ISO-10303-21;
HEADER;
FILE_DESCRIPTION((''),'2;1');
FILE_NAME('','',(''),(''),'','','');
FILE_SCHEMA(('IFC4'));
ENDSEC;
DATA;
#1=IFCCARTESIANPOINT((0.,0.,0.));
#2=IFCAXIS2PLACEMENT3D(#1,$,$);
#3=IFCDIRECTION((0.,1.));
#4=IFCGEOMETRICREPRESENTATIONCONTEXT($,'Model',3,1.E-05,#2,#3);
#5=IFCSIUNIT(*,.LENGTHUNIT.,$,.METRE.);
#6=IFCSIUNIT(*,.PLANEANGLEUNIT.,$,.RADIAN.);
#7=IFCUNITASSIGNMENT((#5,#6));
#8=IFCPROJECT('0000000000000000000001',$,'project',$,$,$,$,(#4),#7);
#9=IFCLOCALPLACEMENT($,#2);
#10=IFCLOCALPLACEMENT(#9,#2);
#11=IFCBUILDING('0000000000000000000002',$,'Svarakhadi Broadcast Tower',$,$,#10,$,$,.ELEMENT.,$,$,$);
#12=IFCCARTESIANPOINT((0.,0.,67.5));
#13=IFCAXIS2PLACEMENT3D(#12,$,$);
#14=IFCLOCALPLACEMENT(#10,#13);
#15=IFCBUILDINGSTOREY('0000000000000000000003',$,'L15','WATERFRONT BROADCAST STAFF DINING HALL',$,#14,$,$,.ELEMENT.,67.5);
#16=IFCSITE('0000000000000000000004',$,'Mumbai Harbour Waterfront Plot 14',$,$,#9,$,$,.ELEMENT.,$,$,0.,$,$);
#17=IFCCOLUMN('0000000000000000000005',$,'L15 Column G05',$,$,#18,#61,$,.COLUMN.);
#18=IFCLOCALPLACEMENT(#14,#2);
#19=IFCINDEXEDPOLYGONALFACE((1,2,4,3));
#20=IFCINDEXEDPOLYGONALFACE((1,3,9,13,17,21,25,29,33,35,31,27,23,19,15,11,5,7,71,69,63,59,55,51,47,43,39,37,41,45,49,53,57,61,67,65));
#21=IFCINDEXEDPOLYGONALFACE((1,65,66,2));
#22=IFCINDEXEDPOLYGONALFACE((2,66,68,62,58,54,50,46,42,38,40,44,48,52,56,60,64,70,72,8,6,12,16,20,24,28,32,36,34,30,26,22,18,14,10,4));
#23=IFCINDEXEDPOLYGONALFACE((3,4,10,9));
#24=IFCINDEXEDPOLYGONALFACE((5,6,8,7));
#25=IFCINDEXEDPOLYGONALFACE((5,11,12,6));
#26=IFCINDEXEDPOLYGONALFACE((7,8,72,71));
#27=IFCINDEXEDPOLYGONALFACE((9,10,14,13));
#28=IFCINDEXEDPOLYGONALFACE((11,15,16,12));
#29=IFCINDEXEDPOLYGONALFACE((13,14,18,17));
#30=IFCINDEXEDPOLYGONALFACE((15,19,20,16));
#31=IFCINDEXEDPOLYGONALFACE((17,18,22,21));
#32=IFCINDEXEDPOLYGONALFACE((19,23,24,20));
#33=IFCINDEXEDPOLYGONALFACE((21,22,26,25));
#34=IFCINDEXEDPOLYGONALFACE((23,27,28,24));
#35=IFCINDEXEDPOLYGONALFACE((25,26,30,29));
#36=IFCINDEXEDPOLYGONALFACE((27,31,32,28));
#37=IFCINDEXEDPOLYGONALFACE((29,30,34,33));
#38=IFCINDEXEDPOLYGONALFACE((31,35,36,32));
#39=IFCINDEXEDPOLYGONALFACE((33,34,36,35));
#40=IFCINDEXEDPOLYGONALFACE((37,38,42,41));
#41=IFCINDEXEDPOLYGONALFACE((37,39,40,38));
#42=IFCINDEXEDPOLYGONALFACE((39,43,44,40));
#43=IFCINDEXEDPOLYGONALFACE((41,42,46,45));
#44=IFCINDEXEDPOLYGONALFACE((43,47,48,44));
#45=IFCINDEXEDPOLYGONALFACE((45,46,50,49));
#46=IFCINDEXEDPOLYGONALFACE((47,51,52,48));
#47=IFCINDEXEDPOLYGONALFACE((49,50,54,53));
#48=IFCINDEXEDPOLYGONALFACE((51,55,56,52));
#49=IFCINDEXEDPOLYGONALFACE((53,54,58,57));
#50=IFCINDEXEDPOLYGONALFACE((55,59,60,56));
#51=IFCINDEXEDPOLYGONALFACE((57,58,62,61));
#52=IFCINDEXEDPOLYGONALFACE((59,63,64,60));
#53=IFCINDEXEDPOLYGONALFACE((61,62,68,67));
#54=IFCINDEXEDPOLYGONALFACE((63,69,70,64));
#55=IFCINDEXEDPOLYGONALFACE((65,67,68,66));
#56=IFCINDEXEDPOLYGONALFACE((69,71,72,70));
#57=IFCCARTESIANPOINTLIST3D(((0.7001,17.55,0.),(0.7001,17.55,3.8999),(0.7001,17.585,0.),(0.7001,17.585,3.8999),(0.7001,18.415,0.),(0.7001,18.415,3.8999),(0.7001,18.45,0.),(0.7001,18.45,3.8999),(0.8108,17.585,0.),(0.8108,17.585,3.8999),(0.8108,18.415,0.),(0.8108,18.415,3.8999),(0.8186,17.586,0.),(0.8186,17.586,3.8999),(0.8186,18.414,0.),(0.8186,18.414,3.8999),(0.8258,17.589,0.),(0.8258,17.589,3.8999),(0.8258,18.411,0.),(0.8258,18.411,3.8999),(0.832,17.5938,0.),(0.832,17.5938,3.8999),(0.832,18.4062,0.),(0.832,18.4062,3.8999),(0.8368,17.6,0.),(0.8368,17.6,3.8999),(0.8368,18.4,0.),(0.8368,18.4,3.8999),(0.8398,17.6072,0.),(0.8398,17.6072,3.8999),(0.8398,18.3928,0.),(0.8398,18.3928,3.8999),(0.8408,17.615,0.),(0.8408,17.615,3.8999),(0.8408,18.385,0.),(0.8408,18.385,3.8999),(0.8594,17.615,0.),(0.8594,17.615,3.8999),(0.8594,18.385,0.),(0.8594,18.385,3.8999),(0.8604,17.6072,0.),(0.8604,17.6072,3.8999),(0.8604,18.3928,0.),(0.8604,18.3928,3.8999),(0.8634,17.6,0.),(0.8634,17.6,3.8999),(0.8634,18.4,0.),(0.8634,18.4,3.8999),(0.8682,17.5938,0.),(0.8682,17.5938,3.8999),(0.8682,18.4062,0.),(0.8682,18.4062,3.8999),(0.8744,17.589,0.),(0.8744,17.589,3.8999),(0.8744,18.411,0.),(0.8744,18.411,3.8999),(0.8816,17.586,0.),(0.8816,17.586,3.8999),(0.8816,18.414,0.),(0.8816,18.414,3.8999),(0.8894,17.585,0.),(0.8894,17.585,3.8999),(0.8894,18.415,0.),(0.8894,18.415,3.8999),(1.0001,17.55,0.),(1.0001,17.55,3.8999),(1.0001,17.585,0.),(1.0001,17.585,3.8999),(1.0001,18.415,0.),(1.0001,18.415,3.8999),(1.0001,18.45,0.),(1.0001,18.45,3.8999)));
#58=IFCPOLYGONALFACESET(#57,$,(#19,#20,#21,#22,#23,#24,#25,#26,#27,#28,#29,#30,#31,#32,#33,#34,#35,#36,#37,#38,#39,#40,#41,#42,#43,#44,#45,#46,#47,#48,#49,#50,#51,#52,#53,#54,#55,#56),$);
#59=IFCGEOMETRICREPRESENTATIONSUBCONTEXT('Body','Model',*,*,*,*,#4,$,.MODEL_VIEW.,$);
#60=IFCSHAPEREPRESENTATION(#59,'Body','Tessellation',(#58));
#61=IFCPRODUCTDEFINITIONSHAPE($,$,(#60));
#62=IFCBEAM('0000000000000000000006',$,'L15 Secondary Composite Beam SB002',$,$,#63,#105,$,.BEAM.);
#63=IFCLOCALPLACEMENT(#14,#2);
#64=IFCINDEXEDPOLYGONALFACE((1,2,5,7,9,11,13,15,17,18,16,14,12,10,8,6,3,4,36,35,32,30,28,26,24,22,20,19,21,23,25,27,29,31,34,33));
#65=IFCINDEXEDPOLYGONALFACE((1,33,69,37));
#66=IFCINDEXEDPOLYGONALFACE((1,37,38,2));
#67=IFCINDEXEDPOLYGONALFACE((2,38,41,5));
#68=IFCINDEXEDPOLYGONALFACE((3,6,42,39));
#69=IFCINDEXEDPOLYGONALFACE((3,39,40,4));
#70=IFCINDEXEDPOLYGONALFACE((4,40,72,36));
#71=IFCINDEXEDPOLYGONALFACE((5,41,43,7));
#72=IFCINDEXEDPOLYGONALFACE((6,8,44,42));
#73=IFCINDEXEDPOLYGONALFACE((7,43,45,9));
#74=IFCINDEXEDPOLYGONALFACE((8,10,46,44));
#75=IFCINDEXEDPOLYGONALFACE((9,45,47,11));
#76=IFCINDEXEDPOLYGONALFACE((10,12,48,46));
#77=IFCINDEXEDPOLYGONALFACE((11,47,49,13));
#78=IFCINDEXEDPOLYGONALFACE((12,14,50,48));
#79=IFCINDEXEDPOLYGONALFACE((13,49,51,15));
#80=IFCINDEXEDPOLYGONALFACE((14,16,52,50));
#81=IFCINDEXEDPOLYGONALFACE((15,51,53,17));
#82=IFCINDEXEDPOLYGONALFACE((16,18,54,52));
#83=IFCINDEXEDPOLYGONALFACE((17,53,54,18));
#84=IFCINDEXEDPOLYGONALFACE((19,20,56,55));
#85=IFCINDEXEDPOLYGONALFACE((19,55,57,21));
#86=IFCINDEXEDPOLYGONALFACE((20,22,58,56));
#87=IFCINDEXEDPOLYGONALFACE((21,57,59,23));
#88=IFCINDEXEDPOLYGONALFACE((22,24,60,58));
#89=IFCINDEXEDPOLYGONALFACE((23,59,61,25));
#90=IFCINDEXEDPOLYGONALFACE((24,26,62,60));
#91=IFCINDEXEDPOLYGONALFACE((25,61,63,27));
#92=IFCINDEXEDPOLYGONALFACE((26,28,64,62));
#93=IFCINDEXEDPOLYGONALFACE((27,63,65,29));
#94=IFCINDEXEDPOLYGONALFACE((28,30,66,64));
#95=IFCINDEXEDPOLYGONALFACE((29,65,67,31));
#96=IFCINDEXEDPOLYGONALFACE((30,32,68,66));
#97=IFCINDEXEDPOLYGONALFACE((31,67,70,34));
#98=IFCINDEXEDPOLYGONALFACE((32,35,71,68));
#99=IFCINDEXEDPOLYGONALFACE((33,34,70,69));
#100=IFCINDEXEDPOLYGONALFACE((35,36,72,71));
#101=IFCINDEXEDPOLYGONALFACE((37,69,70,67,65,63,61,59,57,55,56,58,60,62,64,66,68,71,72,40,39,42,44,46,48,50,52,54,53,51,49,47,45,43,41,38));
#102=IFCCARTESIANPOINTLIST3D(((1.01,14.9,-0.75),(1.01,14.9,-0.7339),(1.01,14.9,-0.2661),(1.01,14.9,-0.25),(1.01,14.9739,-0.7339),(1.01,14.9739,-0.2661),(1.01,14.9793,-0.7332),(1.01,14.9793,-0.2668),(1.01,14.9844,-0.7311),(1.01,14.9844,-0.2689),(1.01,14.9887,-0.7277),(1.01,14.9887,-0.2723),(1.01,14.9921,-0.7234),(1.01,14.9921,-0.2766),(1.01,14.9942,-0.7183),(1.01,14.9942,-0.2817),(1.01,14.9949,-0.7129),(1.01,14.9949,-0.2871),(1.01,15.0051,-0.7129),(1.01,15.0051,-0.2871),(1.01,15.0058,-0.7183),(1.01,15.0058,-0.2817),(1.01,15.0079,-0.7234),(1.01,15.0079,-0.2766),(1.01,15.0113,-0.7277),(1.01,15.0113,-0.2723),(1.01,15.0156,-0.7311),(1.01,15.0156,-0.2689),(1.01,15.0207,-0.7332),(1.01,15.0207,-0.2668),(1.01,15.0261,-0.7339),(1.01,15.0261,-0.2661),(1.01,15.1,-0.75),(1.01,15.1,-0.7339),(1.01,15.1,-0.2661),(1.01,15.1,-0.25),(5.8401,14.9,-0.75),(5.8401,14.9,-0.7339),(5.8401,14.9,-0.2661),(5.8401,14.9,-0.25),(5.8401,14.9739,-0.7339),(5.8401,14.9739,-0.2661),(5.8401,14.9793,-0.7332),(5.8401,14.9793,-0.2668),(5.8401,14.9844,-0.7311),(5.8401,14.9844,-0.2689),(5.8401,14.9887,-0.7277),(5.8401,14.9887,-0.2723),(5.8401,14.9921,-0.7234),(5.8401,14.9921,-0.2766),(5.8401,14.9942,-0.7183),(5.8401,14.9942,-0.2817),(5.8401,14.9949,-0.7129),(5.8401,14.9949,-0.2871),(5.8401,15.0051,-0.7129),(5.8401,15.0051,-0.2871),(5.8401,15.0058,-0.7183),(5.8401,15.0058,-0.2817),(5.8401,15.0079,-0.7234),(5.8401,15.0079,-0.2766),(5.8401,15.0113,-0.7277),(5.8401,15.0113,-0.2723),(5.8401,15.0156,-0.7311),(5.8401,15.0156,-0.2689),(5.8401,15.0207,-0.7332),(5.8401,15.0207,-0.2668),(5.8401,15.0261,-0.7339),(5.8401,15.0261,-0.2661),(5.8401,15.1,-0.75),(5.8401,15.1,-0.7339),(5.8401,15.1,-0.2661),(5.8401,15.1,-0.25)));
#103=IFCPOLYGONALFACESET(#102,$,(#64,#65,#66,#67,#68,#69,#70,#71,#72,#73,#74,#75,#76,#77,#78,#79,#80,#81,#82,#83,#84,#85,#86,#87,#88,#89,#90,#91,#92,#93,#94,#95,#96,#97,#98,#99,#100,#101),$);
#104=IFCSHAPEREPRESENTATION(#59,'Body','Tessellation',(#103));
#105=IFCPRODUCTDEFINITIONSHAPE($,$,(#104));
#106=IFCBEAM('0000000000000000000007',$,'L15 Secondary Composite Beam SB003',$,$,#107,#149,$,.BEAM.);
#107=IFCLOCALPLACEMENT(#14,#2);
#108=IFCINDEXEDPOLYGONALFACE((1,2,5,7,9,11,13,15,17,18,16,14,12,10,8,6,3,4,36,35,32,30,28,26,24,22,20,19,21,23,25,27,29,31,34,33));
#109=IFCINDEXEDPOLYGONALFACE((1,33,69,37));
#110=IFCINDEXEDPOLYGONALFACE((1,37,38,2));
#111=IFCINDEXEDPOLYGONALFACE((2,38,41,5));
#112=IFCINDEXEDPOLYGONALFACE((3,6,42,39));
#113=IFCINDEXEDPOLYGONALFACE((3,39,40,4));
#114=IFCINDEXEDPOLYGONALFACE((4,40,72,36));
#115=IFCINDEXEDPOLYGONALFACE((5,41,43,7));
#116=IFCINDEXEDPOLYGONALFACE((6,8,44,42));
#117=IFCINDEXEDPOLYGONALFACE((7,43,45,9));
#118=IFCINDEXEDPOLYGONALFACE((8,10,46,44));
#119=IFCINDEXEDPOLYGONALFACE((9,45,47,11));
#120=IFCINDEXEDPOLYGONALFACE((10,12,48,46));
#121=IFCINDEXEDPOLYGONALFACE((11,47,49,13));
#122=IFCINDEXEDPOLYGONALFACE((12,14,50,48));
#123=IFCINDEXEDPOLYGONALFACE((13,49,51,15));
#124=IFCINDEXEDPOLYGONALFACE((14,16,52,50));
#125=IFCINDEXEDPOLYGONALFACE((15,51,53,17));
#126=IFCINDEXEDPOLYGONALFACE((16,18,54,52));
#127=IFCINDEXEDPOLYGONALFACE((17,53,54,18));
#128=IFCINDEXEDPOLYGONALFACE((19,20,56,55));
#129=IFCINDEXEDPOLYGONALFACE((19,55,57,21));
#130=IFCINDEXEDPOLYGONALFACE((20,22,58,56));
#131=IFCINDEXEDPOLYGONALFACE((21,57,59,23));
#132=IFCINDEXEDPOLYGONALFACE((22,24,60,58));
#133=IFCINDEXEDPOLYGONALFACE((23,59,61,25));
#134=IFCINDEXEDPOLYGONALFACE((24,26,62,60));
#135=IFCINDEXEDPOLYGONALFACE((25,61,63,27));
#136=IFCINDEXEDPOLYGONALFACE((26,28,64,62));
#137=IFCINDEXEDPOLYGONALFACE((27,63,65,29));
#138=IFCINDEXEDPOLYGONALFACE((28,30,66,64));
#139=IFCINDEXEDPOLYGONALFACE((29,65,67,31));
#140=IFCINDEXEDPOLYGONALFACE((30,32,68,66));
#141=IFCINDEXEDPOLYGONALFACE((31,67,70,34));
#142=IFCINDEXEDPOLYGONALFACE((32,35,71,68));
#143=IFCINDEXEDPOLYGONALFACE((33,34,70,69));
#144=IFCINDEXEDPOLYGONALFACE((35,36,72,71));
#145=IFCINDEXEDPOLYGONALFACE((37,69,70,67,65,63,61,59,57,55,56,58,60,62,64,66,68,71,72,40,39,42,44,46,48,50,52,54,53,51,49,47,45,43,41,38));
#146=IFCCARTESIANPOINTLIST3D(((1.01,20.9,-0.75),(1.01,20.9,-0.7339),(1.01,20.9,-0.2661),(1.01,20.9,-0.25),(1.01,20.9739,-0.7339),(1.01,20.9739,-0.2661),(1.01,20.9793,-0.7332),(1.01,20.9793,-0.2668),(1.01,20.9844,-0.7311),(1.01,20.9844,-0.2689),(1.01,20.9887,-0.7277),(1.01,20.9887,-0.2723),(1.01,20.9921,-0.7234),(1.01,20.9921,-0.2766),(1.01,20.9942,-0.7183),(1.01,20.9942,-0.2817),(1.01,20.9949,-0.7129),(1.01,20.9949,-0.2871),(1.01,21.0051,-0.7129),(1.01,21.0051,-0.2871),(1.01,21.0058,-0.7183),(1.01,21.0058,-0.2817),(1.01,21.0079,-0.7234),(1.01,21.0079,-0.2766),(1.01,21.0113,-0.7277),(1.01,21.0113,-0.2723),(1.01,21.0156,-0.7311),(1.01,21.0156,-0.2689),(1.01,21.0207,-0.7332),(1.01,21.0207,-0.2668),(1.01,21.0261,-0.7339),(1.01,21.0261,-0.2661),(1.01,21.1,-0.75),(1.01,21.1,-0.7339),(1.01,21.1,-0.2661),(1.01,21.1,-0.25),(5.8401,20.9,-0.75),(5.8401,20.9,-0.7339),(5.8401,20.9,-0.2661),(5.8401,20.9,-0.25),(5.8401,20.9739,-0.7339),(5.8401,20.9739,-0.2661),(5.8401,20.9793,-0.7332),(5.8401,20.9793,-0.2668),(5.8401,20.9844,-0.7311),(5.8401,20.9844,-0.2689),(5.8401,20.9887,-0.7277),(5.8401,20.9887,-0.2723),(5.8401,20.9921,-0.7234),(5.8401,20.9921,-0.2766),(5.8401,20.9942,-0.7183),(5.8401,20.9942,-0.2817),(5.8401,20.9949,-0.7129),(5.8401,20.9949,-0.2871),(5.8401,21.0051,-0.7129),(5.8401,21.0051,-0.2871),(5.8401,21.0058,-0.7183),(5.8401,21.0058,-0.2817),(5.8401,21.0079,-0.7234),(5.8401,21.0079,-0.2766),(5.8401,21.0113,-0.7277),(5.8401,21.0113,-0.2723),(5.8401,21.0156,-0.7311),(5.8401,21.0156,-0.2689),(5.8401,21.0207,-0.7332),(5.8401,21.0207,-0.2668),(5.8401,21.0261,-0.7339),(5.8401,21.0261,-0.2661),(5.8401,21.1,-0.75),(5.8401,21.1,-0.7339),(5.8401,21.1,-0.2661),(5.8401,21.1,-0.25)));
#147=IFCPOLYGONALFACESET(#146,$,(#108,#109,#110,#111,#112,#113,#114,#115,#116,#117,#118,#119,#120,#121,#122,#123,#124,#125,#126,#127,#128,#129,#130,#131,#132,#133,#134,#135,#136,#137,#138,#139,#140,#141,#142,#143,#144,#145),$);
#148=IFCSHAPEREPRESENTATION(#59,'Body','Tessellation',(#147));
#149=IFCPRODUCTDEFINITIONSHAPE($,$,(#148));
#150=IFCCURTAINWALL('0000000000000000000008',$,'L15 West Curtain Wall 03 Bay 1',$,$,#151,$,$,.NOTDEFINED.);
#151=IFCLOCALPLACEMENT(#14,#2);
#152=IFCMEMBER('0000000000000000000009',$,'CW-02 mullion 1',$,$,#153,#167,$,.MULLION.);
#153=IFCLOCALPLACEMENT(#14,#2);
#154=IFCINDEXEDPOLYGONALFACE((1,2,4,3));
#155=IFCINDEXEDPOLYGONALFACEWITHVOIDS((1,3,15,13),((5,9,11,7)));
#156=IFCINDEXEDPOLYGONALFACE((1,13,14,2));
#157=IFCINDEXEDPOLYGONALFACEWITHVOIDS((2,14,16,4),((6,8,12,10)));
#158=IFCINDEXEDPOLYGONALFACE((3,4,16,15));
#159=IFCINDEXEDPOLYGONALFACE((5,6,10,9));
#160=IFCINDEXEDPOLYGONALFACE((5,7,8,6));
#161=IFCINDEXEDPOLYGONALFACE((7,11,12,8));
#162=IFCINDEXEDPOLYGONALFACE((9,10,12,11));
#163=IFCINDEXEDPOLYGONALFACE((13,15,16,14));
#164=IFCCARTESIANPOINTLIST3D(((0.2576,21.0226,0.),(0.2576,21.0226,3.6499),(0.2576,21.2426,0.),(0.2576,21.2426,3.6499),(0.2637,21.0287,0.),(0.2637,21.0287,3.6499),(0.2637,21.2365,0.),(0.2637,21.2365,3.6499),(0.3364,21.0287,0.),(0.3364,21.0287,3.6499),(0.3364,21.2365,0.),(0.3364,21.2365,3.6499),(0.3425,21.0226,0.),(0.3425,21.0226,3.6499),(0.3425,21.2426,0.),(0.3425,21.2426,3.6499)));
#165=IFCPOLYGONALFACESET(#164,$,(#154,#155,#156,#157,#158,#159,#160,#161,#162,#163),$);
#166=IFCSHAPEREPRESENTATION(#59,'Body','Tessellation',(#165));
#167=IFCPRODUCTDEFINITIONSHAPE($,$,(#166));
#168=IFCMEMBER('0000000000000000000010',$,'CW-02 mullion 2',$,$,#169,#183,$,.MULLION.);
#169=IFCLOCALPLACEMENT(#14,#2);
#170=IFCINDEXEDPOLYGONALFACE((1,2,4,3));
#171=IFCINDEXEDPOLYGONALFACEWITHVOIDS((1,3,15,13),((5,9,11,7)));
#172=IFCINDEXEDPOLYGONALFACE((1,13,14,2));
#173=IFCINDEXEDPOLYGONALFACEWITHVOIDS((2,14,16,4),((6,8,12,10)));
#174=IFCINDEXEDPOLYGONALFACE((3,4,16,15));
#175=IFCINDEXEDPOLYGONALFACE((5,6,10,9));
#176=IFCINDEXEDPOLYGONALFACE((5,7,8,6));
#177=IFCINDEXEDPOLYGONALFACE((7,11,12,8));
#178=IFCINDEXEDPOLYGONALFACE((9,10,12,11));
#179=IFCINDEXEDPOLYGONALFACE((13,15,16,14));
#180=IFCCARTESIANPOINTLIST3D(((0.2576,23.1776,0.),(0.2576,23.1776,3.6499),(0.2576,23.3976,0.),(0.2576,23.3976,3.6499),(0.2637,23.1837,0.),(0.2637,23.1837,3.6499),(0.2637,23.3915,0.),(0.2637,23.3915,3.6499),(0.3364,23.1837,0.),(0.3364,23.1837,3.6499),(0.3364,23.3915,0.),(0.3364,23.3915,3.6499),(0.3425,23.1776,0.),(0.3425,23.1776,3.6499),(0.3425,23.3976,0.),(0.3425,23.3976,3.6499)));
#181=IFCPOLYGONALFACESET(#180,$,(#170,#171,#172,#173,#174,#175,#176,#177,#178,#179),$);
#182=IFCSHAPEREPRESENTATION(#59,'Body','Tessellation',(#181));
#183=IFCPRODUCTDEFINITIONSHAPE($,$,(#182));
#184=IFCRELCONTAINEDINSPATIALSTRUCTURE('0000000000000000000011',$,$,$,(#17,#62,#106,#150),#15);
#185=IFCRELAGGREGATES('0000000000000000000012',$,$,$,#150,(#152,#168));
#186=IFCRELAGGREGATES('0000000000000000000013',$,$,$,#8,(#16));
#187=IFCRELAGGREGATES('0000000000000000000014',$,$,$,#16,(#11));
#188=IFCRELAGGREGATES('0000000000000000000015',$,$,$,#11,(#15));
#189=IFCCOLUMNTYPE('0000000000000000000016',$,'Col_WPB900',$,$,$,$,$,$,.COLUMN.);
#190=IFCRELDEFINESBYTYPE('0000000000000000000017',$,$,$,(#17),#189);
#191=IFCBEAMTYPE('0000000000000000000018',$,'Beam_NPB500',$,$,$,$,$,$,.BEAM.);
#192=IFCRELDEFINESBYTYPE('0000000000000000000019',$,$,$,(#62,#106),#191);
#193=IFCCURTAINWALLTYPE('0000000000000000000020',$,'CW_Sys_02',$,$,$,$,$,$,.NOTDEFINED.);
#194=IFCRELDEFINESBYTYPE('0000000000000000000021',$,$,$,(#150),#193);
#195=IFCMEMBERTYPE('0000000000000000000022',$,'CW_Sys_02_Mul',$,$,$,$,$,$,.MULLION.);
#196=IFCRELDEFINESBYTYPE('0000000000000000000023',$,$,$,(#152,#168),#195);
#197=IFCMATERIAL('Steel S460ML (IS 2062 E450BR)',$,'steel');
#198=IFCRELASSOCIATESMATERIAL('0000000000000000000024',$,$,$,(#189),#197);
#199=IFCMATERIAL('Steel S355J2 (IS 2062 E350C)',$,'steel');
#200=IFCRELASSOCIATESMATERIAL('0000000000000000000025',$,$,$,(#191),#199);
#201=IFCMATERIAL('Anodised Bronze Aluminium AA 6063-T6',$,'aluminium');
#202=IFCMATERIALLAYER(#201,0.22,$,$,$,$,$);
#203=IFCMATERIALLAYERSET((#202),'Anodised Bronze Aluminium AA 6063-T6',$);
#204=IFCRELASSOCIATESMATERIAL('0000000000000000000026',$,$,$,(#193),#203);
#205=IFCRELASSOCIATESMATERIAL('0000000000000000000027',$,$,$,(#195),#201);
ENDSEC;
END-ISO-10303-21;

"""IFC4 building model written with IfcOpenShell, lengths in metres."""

from ifc_helpers import new_model, si_unit, direction, frame, origin, origin_2d, place, context, subcontext, project, spatial, hollow_rectangle, i_section, extrude, material, layer, layer_set, material_profile, profile_set, type_object, element, aggregate, save


model = new_model("IFC4")

# Units and contexts
model_context = context("Model", 3, precision=1e-05, world=origin(), true_north=direction((0.0, 1.0)))
body_context = subcontext(model_context, "Body", "Model", "MODEL_VIEW")
ifc_project = project(units=[si_unit("LENGTHUNIT", "METRE"), si_unit("PLANEANGLEUNIT", "RADIAN")], contexts=[model_context])

# Site, building, storey
site_placement = place(None, origin())
site = spatial("IfcSite", under=ifc_project, at=site_placement, Name="Mumbai Harbour Waterfront Plot 14", CompositionType="ELEMENT", RefElevation=0.0)
building_placement = place(site_placement, origin())
building = spatial("IfcBuilding", under=site, at=building_placement, Name="Svarakhadi Broadcast Tower", CompositionType="ELEMENT")
storey_placement = place(building_placement, frame((0.0, 0.0, 67.5)))
storey = spatial("IfcBuildingStorey", under=building, at=storey_placement, Name="L15", Description="WATERFRONT BROADCAST STAFF DINING HALL", CompositionType="ELEMENT", Elevation=67.5)

# Column
ifc_material_1 = material(Name="Steel S460ML (IS 2062 E450BR)", Category="steel")
ifc_material_profile_1 = material_profile(ifc_material_1, i_section(OverallWidth=0.3, OverallDepth=0.8999, WebThickness=0.0186, FlangeThickness=0.0349, FilletRadius=0.03, at=origin_2d()), Name="WPB 900x300x291")
ifc_profile_set_1 = profile_set([ifc_material_profile_1], Name="Steel S460ML (IS 2062 E450BR)")
column_type = type_object("IfcColumnType", Name="Col_WPB900", PredefinedType="COLUMN", material=ifc_profile_set_1)
column_placement = place(storey_placement, frame((0.8501, 18.0, 0.0), z_axis=(0.0, 0.0, 1.0), x_axis=(1.0, 0.0, 0.0)))
element("IfcColumn", 1, at=column_placement, inside=storey, type_object=column_type, Name="L15 Column G05", PredefinedType="COLUMN", context=body_context, shape_type="SweptSolid", body=[
    extrude(i_section(OverallWidth=0.3, OverallDepth=0.8999, WebThickness=0.0186, FlangeThickness=0.0349, FilletRadius=0.03, at=origin_2d()), origin(), (0.0, 0.0, 1.0), 3.8999),
])

# Beams
ifc_material_2 = material(Name="Steel S355J2 (IS 2062 E350C)", Category="steel")
ifc_material_profile_2 = material_profile(ifc_material_2, i_section(OverallWidth=0.2, OverallDepth=0.5, WebThickness=0.0103, FlangeThickness=0.0161, FilletRadius=0.021, at=origin_2d()), Name="NPB 500x200x91")
ifc_profile_set_2 = profile_set([ifc_material_profile_2], Name="Steel S355J2 (IS 2062 E350C)")
beam_type_1 = type_object("IfcBeamType", Name="Beam_NPB500", PredefinedType="BEAM", material=ifc_profile_set_2)
for number, where, z_axis, x_axis, name in (
    (2, (1.01, 15.0, -0.5), (1.0, 0.0, 0.0), (0.0, 1.0, 0.0), "L15 Secondary Composite Beam SB002"),
    (3, (1.01, 21.0, -0.5), (1.0, 0.0, 0.0), (0.0, 1.0, 0.0), "L15 Secondary Composite Beam SB003"),
):
    element("IfcBeam", number, at=place(storey_placement, frame(where, z_axis=z_axis, x_axis=x_axis)), inside=storey, type_object=beam_type_1, Name=name, PredefinedType="BEAM", context=body_context, shape_type="SweptSolid", body=[
        extrude(i_section(OverallWidth=0.2, OverallDepth=0.5, WebThickness=0.0103, FlangeThickness=0.0161, FilletRadius=0.021, at=origin_2d()), origin(), (0.0, 0.0, 1.0), 4.8301),
    ])

# Curtain wall, members
ifc_material_3 = material(Name="Anodised Bronze Aluminium AA 6063-T6", Category="aluminium")
ifc_layer_1 = layer(ifc_material_3, 0.22)
ifc_layer_set_1 = layer_set([ifc_layer_1], Name="Anodised Bronze Aluminium AA 6063-T6")
curtain_wall_type = type_object("IfcCurtainWallType", Name="CW_Sys_02", PredefinedType="NOTDEFINED", material=ifc_layer_set_1)
curtain_wall_placement = place(storey_placement, origin())
curtain_wall = element("IfcCurtainWall", 4, at=curtain_wall_placement, inside=storey, type_object=curtain_wall_type, Name="L15 West Curtain Wall 03 Bay 1", PredefinedType="NOTDEFINED")
ifc_material_profile_3 = material_profile(ifc_material_3, hollow_rectangle(XDim=0.085, YDim=0.22, WallThickness=0.0061, at=origin_2d()), Name="ALU MULLION 220x85x6")
ifc_profile_set_3 = profile_set([ifc_material_profile_3], Name="Anodised Bronze Aluminium AA 6063-T6")
member_type_1 = type_object("IfcMemberType", Name="CW_Sys_02_Mul", PredefinedType="MULLION", material=ifc_profile_set_3)
member_1_placement = place(storey_placement, frame((0.3, 21.1326, 0.0), z_axis=(0.0, 0.0, 1.0), x_axis=(-1.0, 0.0, 0.0)))
member_1 = element("IfcMember", 5, at=member_1_placement, type_object=member_type_1, Name="CW-02 mullion 1", PredefinedType="MULLION", context=body_context, shape_type="SweptSolid", body=[
    extrude(hollow_rectangle(XDim=0.085, YDim=0.22, WallThickness=0.0061, at=origin_2d()), origin(), (0.0, 0.0, 1.0), 3.6499),
])
member_2_placement = place(storey_placement, frame((0.3, 23.2876, 0.0), z_axis=(0.0, 0.0, 1.0), x_axis=(-1.0, 0.0, 0.0)))
member_2 = element("IfcMember", 6, at=member_2_placement, type_object=member_type_1, Name="CW-02 mullion 2", PredefinedType="MULLION", context=body_context, shape_type="SweptSolid", body=[
    extrude(hollow_rectangle(XDim=0.085, YDim=0.22, WallThickness=0.0061, at=origin_2d()), origin(), (0.0, 0.0, 1.0), 3.6499),
])

aggregate(curtain_wall, [member_1, member_2])

save(model, "model.ifc")
